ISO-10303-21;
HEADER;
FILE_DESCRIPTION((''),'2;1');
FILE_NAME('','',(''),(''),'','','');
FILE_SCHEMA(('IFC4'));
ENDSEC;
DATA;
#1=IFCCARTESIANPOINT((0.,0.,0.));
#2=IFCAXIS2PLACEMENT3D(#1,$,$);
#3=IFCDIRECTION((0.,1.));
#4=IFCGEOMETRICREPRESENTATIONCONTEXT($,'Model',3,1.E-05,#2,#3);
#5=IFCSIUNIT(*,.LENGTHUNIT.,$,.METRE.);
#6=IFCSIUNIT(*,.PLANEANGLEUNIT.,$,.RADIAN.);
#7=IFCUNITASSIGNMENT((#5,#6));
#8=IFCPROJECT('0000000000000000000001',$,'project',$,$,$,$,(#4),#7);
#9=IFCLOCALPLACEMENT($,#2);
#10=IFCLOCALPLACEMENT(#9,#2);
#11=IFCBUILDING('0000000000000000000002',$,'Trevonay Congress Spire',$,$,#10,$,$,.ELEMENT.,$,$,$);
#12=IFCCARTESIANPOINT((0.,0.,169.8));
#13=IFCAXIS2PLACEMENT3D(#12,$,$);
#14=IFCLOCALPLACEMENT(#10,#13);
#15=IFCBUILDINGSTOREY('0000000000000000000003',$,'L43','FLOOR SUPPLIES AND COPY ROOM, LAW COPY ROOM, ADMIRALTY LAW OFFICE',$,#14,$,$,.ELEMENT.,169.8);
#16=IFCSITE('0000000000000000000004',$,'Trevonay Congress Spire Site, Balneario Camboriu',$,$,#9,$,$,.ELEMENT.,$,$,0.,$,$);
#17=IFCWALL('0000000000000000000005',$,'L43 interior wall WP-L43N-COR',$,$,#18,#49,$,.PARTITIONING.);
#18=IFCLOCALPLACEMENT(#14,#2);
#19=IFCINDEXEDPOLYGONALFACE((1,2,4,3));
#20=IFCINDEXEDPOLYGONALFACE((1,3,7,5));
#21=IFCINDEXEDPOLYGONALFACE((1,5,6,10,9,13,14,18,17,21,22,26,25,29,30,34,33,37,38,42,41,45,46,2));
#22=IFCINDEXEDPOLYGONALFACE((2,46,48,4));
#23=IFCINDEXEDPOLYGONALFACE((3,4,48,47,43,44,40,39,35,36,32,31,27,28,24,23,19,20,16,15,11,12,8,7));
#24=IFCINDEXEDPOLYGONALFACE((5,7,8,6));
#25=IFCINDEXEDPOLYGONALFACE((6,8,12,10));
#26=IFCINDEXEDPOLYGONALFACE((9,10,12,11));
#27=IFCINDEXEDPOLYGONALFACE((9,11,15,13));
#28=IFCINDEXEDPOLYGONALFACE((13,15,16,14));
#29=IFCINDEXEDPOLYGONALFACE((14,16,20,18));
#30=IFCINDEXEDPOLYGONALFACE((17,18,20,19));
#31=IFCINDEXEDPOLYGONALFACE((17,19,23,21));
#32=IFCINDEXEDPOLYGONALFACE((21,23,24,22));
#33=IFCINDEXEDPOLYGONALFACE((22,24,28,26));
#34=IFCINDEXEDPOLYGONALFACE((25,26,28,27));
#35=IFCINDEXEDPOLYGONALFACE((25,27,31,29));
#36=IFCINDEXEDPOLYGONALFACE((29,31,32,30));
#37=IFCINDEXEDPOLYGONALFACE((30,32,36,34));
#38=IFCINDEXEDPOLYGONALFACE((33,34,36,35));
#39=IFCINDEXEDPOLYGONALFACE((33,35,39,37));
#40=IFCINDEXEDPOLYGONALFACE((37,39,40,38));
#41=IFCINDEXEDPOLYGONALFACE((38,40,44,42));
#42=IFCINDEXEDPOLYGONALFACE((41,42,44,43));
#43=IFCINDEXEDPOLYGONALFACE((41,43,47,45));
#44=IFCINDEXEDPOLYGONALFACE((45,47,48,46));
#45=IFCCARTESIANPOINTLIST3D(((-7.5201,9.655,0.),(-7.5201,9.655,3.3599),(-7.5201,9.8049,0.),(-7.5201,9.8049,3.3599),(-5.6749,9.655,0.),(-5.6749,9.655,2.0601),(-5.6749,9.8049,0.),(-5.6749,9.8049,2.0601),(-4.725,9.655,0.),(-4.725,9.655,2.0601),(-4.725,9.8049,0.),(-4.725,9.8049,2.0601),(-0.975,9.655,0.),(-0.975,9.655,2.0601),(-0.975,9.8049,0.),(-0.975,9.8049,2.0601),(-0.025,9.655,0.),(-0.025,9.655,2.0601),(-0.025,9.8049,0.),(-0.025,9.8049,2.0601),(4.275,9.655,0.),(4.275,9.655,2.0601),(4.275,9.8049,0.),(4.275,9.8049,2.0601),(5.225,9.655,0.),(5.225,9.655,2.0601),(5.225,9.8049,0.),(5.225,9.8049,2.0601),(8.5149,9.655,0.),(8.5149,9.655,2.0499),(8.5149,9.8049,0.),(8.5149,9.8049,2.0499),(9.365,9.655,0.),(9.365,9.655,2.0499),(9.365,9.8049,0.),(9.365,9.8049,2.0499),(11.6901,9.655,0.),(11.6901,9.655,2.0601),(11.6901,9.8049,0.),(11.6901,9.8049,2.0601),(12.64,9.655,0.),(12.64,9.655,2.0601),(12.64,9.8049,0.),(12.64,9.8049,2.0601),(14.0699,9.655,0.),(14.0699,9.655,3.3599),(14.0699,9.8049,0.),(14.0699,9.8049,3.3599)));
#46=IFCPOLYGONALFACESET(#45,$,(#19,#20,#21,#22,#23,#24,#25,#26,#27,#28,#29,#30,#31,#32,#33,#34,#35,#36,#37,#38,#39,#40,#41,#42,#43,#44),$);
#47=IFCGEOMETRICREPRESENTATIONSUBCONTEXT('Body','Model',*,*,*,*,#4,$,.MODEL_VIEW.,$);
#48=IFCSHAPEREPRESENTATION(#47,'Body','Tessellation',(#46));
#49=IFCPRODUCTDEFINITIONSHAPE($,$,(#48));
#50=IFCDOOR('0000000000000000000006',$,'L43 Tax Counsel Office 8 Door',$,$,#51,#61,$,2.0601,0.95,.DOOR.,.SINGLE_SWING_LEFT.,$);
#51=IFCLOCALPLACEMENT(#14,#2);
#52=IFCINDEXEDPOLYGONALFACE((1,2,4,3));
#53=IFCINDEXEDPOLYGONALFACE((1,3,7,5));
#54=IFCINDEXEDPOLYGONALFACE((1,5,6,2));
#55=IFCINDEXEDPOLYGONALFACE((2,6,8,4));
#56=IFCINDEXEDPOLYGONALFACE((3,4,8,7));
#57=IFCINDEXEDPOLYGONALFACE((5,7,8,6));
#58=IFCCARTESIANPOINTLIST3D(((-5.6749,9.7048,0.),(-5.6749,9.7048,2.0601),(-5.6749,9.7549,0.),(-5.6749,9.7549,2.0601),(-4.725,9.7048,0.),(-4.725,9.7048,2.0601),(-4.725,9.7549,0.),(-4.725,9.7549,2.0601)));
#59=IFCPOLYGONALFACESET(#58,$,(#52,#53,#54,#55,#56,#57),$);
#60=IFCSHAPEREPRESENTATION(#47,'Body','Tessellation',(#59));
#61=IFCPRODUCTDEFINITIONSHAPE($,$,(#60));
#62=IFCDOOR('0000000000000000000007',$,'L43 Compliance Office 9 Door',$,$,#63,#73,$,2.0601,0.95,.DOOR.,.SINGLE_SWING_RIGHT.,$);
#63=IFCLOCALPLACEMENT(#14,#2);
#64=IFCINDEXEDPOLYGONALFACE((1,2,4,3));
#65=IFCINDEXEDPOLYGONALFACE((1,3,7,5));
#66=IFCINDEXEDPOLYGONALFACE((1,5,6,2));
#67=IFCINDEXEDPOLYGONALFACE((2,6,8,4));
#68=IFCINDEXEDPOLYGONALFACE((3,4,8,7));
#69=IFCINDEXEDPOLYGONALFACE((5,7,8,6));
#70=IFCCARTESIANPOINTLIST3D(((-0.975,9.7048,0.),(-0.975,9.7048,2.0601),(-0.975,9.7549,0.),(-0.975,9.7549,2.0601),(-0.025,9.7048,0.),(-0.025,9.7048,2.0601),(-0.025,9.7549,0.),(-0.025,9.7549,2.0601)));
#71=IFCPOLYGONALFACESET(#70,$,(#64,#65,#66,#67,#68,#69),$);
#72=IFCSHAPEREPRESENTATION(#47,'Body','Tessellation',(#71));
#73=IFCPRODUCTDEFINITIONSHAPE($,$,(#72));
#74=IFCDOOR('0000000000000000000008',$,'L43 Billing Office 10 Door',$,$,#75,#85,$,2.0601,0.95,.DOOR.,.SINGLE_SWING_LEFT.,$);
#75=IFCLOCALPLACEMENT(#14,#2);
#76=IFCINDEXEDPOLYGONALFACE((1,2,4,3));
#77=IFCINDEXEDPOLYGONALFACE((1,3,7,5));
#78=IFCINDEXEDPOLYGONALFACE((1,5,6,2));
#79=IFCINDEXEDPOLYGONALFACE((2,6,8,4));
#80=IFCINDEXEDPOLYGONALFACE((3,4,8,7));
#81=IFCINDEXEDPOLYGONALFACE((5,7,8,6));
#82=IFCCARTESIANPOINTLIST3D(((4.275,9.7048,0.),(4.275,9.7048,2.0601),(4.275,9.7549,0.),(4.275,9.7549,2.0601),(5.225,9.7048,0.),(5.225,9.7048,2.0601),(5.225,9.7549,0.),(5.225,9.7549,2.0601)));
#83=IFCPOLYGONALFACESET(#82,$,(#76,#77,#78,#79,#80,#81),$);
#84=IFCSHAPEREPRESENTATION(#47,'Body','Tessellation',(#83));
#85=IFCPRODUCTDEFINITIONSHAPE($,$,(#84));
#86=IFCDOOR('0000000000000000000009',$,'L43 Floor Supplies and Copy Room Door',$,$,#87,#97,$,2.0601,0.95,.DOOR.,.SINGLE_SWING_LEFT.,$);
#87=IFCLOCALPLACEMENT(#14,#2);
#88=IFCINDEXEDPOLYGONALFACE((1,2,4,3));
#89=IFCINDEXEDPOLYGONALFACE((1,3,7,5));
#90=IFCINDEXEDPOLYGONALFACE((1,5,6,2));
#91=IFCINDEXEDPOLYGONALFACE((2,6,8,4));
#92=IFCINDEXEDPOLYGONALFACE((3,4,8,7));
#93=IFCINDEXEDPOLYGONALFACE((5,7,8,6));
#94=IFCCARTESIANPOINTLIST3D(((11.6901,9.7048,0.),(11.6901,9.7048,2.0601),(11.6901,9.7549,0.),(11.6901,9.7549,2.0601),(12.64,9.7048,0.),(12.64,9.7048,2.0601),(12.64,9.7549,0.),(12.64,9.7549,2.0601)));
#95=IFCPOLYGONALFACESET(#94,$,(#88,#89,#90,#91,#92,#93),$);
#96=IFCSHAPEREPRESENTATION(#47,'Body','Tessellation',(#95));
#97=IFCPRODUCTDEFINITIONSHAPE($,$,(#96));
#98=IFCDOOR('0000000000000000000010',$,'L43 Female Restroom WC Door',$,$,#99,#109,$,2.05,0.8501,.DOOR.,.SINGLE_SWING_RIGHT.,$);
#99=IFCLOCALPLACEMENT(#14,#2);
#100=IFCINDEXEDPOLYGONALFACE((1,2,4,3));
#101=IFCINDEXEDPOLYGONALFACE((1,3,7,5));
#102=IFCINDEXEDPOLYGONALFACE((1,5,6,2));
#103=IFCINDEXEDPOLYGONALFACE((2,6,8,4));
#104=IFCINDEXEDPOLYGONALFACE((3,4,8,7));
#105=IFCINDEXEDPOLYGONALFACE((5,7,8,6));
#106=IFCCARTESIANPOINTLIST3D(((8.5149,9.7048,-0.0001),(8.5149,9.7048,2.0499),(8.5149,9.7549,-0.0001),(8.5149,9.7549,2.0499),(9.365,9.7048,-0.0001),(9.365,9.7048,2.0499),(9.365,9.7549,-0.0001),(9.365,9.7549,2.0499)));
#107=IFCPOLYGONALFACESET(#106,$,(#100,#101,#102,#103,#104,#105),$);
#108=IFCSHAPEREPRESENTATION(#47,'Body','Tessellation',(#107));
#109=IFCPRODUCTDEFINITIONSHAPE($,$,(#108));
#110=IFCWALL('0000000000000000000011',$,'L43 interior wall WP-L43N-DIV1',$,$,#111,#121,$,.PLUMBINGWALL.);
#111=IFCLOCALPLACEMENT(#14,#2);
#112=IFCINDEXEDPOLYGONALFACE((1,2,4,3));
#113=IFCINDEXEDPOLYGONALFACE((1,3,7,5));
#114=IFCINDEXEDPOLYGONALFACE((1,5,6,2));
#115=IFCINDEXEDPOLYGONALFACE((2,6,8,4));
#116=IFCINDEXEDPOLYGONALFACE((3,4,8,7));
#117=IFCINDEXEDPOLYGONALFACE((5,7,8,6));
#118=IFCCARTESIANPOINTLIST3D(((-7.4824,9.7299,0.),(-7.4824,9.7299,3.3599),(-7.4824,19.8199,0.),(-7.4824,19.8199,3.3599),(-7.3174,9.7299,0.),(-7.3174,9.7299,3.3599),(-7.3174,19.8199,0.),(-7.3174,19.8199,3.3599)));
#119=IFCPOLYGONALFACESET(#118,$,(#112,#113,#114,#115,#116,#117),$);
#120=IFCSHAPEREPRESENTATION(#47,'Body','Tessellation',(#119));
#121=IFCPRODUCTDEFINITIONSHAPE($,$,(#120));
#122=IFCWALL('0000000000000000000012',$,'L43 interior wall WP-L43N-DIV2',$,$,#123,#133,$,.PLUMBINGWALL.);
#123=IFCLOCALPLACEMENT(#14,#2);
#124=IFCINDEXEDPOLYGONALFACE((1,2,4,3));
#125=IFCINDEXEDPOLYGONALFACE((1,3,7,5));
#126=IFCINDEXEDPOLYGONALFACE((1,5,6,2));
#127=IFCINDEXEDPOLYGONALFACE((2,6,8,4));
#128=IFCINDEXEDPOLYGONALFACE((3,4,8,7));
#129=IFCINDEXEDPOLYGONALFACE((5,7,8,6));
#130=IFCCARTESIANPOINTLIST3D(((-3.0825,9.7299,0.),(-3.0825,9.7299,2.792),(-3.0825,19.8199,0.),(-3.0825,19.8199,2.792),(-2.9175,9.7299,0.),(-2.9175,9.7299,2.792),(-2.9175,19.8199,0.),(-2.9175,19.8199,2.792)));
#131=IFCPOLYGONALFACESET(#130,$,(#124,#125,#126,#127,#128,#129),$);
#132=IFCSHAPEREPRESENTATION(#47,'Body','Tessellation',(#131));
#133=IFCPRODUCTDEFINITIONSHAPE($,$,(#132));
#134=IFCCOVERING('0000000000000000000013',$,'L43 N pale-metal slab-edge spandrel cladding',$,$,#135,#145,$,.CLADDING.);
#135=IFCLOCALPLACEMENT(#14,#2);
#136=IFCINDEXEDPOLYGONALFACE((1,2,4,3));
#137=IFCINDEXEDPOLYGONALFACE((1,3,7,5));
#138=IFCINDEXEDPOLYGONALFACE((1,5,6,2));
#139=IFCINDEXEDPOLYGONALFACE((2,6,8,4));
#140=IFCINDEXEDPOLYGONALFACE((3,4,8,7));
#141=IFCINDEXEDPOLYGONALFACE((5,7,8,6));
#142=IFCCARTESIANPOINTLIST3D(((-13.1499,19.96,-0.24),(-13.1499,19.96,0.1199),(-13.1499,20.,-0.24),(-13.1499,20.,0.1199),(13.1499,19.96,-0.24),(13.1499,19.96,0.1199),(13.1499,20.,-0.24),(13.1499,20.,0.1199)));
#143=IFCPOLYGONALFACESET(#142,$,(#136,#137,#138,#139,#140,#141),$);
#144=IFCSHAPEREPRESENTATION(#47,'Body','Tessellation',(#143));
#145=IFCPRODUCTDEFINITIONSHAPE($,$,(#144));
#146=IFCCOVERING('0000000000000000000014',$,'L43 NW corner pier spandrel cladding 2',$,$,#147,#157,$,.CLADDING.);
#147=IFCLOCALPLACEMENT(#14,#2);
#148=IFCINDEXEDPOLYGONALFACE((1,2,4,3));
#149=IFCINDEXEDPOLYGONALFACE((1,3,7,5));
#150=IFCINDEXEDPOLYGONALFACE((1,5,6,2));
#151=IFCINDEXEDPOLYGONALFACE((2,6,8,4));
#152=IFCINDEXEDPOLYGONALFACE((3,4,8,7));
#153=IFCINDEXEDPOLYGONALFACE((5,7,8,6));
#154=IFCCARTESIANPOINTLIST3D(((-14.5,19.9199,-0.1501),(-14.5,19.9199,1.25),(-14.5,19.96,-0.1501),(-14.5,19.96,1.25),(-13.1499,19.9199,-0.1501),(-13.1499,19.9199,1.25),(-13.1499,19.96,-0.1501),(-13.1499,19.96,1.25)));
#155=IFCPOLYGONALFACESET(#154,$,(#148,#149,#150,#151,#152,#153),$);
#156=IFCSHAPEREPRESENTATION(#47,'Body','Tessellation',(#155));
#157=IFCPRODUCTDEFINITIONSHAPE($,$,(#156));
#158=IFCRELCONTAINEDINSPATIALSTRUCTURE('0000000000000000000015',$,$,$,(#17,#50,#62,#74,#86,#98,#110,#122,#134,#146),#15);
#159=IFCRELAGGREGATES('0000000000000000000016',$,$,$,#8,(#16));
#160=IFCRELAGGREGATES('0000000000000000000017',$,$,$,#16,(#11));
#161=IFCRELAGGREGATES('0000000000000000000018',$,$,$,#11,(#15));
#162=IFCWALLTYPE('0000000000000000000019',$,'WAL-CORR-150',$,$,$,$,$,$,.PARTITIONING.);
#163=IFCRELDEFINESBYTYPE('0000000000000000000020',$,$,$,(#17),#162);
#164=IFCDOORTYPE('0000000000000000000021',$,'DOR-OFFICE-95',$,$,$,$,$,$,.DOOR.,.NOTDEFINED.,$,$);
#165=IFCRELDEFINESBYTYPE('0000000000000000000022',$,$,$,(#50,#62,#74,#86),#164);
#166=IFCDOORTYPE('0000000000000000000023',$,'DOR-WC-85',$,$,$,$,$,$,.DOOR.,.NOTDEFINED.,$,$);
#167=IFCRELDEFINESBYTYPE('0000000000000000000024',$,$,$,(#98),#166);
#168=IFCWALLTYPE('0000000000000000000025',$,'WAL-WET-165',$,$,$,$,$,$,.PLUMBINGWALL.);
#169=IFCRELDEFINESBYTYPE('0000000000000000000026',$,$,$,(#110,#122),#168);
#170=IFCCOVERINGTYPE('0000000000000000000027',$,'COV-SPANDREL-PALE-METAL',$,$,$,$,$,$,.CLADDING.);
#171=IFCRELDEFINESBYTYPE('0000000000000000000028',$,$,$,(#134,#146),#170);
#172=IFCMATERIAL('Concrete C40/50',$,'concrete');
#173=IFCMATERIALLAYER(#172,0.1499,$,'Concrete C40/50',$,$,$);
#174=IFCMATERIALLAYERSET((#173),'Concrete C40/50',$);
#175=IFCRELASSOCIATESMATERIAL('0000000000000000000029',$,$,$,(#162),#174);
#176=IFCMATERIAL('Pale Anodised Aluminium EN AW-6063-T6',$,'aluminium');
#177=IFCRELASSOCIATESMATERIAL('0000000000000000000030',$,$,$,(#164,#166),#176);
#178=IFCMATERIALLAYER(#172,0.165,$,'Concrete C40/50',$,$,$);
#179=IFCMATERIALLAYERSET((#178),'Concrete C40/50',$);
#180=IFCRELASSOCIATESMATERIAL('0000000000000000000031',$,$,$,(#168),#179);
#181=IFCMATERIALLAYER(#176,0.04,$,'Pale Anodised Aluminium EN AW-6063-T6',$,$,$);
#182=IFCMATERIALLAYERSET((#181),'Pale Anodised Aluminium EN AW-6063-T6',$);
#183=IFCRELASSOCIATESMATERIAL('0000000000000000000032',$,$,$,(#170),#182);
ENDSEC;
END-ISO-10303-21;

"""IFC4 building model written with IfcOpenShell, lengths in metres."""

from ifc_helpers import new_model, si_unit, direction, frame, frame_2d, origin, place, context, subcontext, project, spatial, rectangle, extrude, material, layer, layer_set, type_object, element, fill, save


model = new_model("IFC4")

# Units and contexts
model_context = context("Model", 3, precision=1e-05, world=origin(), true_north=direction((0.0, 1.0)))
body_context = subcontext(model_context, "Body", "Model", "MODEL_VIEW")
ifc_project = project(units=[si_unit("LENGTHUNIT", "METRE"), si_unit("PLANEANGLEUNIT", "RADIAN")], contexts=[model_context])

# Site, building, storey
site_placement = place(None, origin())
site = spatial("IfcSite", under=ifc_project, at=site_placement, Name="Trevonay Congress Spire Site, Balneario Camboriu", CompositionType="ELEMENT", RefElevation=0.0)
building_placement = place(site_placement, origin())
building = spatial("IfcBuilding", under=site, at=building_placement, Name="Trevonay Congress Spire", CompositionType="ELEMENT")
storey_placement = place(building_placement, frame((0.0, 0.0, 169.8)))
storey = spatial("IfcBuildingStorey", under=building, at=storey_placement, Name="L43", Description="FLOOR SUPPLIES AND COPY ROOM, LAW COPY ROOM, ADMIRALTY LAW OFFICE", CompositionType="ELEMENT", Elevation=169.8)

# Shared definitions
ifc_material_1 = material(Name="Pale Anodised Aluminium EN AW-6063-T6", Category="aluminium")

# Wall, openings, doors
ifc_material_2 = material(Name="Concrete C40/50", Category="concrete")
ifc_layer_1 = layer(ifc_material_2, 0.1499, Name="Concrete C40/50")
ifc_layer_set_1 = layer_set([ifc_layer_1], Name="Concrete C40/50")
wall_type_1 = type_object("IfcWallType", Name="WAL-CORR-150", PredefinedType="PARTITIONING", material=ifc_layer_set_1)
wall_1_placement = place(storey_placement, frame((-7.52, 9.73, 0.0), z_axis=(0.0, 0.0, 1.0), x_axis=(1.0, 0.0, 0.0)))
wall_1 = element("IfcWall", 1, at=wall_1_placement, inside=storey, type_object=wall_type_1, Name="L43 interior wall WP-L43N-COR", PredefinedType="PARTITIONING", context=body_context, shape_type="SweptSolid", body=[
    extrude(rectangle(XDim=21.5901, YDim=0.1499, at=frame_2d((10.7949, 0.0))), origin(), (0.0, 0.0, 1.0), 3.3599),
])
opening_1_placement = place(wall_1_placement, frame((1.845, 0.0, 0.0)))
opening_1 = element("IfcOpeningElement", 2, at=opening_1_placement, cuts=wall_1, PredefinedType="OPENING", context=body_context, shape_type="SweptSolid", body=[
    extrude(rectangle(XDim=0.95, YDim=2.0601, at=frame_2d((0.4751, 1.03))), frame((0.0, 0.085, 0.0), z_axis=(0.0, -1.0, 0.0), x_axis=(1.0, 0.0, 0.0)), (0.0, 0.0, 1.0), 0.1699),
])
opening_2_placement = place(wall_1_placement, frame((6.5449, 0.0, 0.0)))
opening_2 = element("IfcOpeningElement", 3, at=opening_2_placement, cuts=wall_1, PredefinedType="OPENING", context=body_context, shape_type="SweptSolid", body=[
    extrude(rectangle(XDim=0.95, YDim=2.0601, at=frame_2d((0.4751, 1.03))), frame((0.0, 0.085, 0.0), z_axis=(0.0, -1.0, 0.0), x_axis=(1.0, 0.0, 0.0)), (0.0, 0.0, 1.0), 0.1699),
])
opening_3_placement = place(wall_1_placement, frame((11.7949, 0.0, 0.0)))
opening_3 = element("IfcOpeningElement", 4, at=opening_3_placement, cuts=wall_1, PredefinedType="OPENING", context=body_context, shape_type="SweptSolid", body=[
    extrude(rectangle(XDim=0.95, YDim=2.0601, at=frame_2d((0.4751, 1.03))), frame((0.0, 0.085, 0.0), z_axis=(0.0, -1.0, 0.0), x_axis=(1.0, 0.0, 0.0)), (0.0, 0.0, 1.0), 0.1699),
])
opening_4_placement = place(wall_1_placement, frame((16.0349, 0.0, 0.0)))
opening_4 = element("IfcOpeningElement", 5, at=opening_4_placement, cuts=wall_1, PredefinedType="OPENING", context=body_context, shape_type="SweptSolid", body=[
    extrude(rectangle(XDim=0.8501, YDim=2.05, at=frame_2d((0.425, 1.0249))), frame((0.0, 0.085, 0.0), z_axis=(0.0, -1.0, 0.0), x_axis=(1.0, 0.0, 0.0)), (0.0, 0.0, 1.0), 0.1699),
])
opening_5_placement = place(wall_1_placement, frame((19.21, 0.0, 0.0)))
opening_5 = element("IfcOpeningElement", 6, at=opening_5_placement, cuts=wall_1, PredefinedType="OPENING", context=body_context, shape_type="SweptSolid", body=[
    extrude(rectangle(XDim=0.95, YDim=2.0601, at=frame_2d((0.4751, 1.03))), frame((0.0, 0.085, 0.0), z_axis=(0.0, -1.0, 0.0), x_axis=(1.0, 0.0, 0.0)), (0.0, 0.0, 1.0), 0.1699),
])
door_type_1 = type_object("IfcDoorType", Name="DOR-OFFICE-95", OperationType="NOTDEFINED", PredefinedType="DOOR", material=ifc_material_1)
door_1_placement = place(opening_1_placement, origin())
door_1 = element("IfcDoor", 7, at=door_1_placement, inside=storey, type_object=door_type_1, Name="L43 Tax Counsel Office 8 Door", OperationType="SINGLE_SWING_LEFT", OverallHeight=2.0601, OverallWidth=0.95, PredefinedType="DOOR", context=body_context, shape_type="SweptSolid", body=[
    extrude(rectangle(XDim=0.95, YDim=2.0601, at=frame_2d((0.4751, 1.03))), frame((0.0, 0.0249, 0.0), z_axis=(0.0, -1.0, 0.0), x_axis=(1.0, 0.0, 0.0)), (0.0, 0.0, 1.0), 0.05),
])
fill(opening_1, door_1)
door_2_placement = place(opening_2_placement, origin())
door_2 = element("IfcDoor", 8, at=door_2_placement, inside=storey, type_object=door_type_1, Name="L43 Compliance Office 9 Door", OperationType="SINGLE_SWING_RIGHT", OverallHeight=2.0601, OverallWidth=0.95, PredefinedType="DOOR", context=body_context, shape_type="SweptSolid", body=[
    extrude(rectangle(XDim=0.95, YDim=2.0601, at=frame_2d((0.4751, 1.03))), frame((0.0, 0.0249, 0.0), z_axis=(0.0, -1.0, 0.0), x_axis=(1.0, 0.0, 0.0)), (0.0, 0.0, 1.0), 0.05),
])
fill(opening_2, door_2)
door_3_placement = place(opening_3_placement, origin())
door_3 = element("IfcDoor", 9, at=door_3_placement, inside=storey, type_object=door_type_1, Name="L43 Billing Office 10 Door", OperationType="SINGLE_SWING_LEFT", OverallHeight=2.0601, OverallWidth=0.95, PredefinedType="DOOR", context=body_context, shape_type="SweptSolid", body=[
    extrude(rectangle(XDim=0.95, YDim=2.0601, at=frame_2d((0.4751, 1.03))), frame((0.0, 0.0249, 0.0), z_axis=(0.0, -1.0, 0.0), x_axis=(1.0, 0.0, 0.0)), (0.0, 0.0, 1.0), 0.05),
])
fill(opening_3, door_3)
door_4_placement = place(opening_5_placement, origin())
door_4 = element("IfcDoor", 10, at=door_4_placement, inside=storey, type_object=door_type_1, Name="L43 Floor Supplies and Copy Room Door", OperationType="SINGLE_SWING_LEFT", OverallHeight=2.0601, OverallWidth=0.95, PredefinedType="DOOR", context=body_context, shape_type="SweptSolid", body=[
    extrude(rectangle(XDim=0.95, YDim=2.0601, at=frame_2d((0.4751, 1.03))), frame((0.0, 0.0249, 0.0), z_axis=(0.0, -1.0, 0.0), x_axis=(1.0, 0.0, 0.0)), (0.0, 0.0, 1.0), 0.05),
])
fill(opening_5, door_4)
door_type_2 = type_object("IfcDoorType", Name="DOR-WC-85", OperationType="NOTDEFINED", PredefinedType="DOOR", material=ifc_material_1)
door_5_placement = place(opening_4_placement, origin())
door_5 = element("IfcDoor", 11, at=door_5_placement, inside=storey, type_object=door_type_2, Name="L43 Female Restroom WC Door", OperationType="SINGLE_SWING_RIGHT", OverallHeight=2.05, OverallWidth=0.8501, PredefinedType="DOOR", context=body_context, shape_type="SweptSolid", body=[
    extrude(rectangle(XDim=0.8501, YDim=2.05, at=frame_2d((0.425, 1.0249))), frame((0.0, 0.0249, 0.0), z_axis=(0.0, -1.0, 0.0), x_axis=(1.0, 0.0, 0.0)), (0.0, 0.0, 1.0), 0.05),
])
fill(opening_4, door_5)

# Walls
ifc_layer_2 = layer(ifc_material_2, 0.165, Name="Concrete C40/50")
ifc_layer_set_2 = layer_set([ifc_layer_2], Name="Concrete C40/50")
wall_type_2 = type_object("IfcWallType", Name="WAL-WET-165", PredefinedType="PLUMBINGWALL", material=ifc_layer_set_2)
wall_2_placement = place(storey_placement, frame((-7.3999, 9.73, 0.0), z_axis=(0.0, 0.0, 1.0), x_axis=(0.0, 1.0, 0.0)))
element("IfcWall", 12, at=wall_2_placement, inside=storey, type_object=wall_type_2, Name="L43 interior wall WP-L43N-DIV1", PredefinedType="PLUMBINGWALL", context=body_context, shape_type="SweptSolid", body=[
    extrude(rectangle(XDim=10.0901, YDim=0.165, at=frame_2d((5.0449, 0.0))), origin(), (0.0, 0.0, 1.0), 3.3599),
])
wall_3_placement = place(storey_placement, frame((-3.0, 9.73, 0.0), z_axis=(0.0, 0.0, 1.0), x_axis=(0.0, 1.0, 0.0)))
element("IfcWall", 13, at=wall_3_placement, inside=storey, type_object=wall_type_2, Name="L43 interior wall WP-L43N-DIV2", PredefinedType="PLUMBINGWALL", context=body_context, shape_type="SweptSolid", body=[
    extrude(rectangle(XDim=10.0901, YDim=0.165, at=frame_2d((5.0449, 0.0))), origin(), (0.0, 0.0, 1.0), 2.792),
])

# Coverings
ifc_layer_3 = layer(ifc_material_1, 0.04, Name="Pale Anodised Aluminium EN AW-6063-T6")
ifc_layer_set_3 = layer_set([ifc_layer_3], Name="Pale Anodised Aluminium EN AW-6063-T6")
covering_type = type_object("IfcCoveringType", Name="COV-SPANDREL-PALE-METAL", PredefinedType="CLADDING", material=ifc_layer_set_3)
covering_1_placement = place(storey_placement, frame((-13.1499, 19.98, -0.24), z_axis=(0.0, 0.0, 1.0), x_axis=(1.0, 0.0, 0.0)))
element("IfcCovering", 14, at=covering_1_placement, inside=storey, type_object=covering_type, Name="L43 N pale-metal slab-edge spandrel cladding", PredefinedType="CLADDING", context=body_context, shape_type="SweptSolid", body=[
    extrude(rectangle(XDim=26.2998, YDim=0.04, at=frame_2d((13.1499, 0.0))), origin(), (0.0, 0.0, 1.0), 0.3599),
])
covering_2_placement = place(storey_placement, frame((-13.1499, 19.9399, -0.1501), z_axis=(0.0, 0.0, 1.0), x_axis=(-1.0, 0.0, 0.0)))
element("IfcCovering", 15, at=covering_2_placement, inside=storey, type_object=covering_type, Name="L43 NW corner pier spandrel cladding 2", PredefinedType="CLADDING", context=body_context, shape_type="SweptSolid", body=[
    extrude(rectangle(XDim=1.3501, YDim=0.04, at=frame_2d((0.675, 0.0))), origin(), (0.0, 0.0, 1.0), 1.4001),
])

save(model, "model.ifc")
